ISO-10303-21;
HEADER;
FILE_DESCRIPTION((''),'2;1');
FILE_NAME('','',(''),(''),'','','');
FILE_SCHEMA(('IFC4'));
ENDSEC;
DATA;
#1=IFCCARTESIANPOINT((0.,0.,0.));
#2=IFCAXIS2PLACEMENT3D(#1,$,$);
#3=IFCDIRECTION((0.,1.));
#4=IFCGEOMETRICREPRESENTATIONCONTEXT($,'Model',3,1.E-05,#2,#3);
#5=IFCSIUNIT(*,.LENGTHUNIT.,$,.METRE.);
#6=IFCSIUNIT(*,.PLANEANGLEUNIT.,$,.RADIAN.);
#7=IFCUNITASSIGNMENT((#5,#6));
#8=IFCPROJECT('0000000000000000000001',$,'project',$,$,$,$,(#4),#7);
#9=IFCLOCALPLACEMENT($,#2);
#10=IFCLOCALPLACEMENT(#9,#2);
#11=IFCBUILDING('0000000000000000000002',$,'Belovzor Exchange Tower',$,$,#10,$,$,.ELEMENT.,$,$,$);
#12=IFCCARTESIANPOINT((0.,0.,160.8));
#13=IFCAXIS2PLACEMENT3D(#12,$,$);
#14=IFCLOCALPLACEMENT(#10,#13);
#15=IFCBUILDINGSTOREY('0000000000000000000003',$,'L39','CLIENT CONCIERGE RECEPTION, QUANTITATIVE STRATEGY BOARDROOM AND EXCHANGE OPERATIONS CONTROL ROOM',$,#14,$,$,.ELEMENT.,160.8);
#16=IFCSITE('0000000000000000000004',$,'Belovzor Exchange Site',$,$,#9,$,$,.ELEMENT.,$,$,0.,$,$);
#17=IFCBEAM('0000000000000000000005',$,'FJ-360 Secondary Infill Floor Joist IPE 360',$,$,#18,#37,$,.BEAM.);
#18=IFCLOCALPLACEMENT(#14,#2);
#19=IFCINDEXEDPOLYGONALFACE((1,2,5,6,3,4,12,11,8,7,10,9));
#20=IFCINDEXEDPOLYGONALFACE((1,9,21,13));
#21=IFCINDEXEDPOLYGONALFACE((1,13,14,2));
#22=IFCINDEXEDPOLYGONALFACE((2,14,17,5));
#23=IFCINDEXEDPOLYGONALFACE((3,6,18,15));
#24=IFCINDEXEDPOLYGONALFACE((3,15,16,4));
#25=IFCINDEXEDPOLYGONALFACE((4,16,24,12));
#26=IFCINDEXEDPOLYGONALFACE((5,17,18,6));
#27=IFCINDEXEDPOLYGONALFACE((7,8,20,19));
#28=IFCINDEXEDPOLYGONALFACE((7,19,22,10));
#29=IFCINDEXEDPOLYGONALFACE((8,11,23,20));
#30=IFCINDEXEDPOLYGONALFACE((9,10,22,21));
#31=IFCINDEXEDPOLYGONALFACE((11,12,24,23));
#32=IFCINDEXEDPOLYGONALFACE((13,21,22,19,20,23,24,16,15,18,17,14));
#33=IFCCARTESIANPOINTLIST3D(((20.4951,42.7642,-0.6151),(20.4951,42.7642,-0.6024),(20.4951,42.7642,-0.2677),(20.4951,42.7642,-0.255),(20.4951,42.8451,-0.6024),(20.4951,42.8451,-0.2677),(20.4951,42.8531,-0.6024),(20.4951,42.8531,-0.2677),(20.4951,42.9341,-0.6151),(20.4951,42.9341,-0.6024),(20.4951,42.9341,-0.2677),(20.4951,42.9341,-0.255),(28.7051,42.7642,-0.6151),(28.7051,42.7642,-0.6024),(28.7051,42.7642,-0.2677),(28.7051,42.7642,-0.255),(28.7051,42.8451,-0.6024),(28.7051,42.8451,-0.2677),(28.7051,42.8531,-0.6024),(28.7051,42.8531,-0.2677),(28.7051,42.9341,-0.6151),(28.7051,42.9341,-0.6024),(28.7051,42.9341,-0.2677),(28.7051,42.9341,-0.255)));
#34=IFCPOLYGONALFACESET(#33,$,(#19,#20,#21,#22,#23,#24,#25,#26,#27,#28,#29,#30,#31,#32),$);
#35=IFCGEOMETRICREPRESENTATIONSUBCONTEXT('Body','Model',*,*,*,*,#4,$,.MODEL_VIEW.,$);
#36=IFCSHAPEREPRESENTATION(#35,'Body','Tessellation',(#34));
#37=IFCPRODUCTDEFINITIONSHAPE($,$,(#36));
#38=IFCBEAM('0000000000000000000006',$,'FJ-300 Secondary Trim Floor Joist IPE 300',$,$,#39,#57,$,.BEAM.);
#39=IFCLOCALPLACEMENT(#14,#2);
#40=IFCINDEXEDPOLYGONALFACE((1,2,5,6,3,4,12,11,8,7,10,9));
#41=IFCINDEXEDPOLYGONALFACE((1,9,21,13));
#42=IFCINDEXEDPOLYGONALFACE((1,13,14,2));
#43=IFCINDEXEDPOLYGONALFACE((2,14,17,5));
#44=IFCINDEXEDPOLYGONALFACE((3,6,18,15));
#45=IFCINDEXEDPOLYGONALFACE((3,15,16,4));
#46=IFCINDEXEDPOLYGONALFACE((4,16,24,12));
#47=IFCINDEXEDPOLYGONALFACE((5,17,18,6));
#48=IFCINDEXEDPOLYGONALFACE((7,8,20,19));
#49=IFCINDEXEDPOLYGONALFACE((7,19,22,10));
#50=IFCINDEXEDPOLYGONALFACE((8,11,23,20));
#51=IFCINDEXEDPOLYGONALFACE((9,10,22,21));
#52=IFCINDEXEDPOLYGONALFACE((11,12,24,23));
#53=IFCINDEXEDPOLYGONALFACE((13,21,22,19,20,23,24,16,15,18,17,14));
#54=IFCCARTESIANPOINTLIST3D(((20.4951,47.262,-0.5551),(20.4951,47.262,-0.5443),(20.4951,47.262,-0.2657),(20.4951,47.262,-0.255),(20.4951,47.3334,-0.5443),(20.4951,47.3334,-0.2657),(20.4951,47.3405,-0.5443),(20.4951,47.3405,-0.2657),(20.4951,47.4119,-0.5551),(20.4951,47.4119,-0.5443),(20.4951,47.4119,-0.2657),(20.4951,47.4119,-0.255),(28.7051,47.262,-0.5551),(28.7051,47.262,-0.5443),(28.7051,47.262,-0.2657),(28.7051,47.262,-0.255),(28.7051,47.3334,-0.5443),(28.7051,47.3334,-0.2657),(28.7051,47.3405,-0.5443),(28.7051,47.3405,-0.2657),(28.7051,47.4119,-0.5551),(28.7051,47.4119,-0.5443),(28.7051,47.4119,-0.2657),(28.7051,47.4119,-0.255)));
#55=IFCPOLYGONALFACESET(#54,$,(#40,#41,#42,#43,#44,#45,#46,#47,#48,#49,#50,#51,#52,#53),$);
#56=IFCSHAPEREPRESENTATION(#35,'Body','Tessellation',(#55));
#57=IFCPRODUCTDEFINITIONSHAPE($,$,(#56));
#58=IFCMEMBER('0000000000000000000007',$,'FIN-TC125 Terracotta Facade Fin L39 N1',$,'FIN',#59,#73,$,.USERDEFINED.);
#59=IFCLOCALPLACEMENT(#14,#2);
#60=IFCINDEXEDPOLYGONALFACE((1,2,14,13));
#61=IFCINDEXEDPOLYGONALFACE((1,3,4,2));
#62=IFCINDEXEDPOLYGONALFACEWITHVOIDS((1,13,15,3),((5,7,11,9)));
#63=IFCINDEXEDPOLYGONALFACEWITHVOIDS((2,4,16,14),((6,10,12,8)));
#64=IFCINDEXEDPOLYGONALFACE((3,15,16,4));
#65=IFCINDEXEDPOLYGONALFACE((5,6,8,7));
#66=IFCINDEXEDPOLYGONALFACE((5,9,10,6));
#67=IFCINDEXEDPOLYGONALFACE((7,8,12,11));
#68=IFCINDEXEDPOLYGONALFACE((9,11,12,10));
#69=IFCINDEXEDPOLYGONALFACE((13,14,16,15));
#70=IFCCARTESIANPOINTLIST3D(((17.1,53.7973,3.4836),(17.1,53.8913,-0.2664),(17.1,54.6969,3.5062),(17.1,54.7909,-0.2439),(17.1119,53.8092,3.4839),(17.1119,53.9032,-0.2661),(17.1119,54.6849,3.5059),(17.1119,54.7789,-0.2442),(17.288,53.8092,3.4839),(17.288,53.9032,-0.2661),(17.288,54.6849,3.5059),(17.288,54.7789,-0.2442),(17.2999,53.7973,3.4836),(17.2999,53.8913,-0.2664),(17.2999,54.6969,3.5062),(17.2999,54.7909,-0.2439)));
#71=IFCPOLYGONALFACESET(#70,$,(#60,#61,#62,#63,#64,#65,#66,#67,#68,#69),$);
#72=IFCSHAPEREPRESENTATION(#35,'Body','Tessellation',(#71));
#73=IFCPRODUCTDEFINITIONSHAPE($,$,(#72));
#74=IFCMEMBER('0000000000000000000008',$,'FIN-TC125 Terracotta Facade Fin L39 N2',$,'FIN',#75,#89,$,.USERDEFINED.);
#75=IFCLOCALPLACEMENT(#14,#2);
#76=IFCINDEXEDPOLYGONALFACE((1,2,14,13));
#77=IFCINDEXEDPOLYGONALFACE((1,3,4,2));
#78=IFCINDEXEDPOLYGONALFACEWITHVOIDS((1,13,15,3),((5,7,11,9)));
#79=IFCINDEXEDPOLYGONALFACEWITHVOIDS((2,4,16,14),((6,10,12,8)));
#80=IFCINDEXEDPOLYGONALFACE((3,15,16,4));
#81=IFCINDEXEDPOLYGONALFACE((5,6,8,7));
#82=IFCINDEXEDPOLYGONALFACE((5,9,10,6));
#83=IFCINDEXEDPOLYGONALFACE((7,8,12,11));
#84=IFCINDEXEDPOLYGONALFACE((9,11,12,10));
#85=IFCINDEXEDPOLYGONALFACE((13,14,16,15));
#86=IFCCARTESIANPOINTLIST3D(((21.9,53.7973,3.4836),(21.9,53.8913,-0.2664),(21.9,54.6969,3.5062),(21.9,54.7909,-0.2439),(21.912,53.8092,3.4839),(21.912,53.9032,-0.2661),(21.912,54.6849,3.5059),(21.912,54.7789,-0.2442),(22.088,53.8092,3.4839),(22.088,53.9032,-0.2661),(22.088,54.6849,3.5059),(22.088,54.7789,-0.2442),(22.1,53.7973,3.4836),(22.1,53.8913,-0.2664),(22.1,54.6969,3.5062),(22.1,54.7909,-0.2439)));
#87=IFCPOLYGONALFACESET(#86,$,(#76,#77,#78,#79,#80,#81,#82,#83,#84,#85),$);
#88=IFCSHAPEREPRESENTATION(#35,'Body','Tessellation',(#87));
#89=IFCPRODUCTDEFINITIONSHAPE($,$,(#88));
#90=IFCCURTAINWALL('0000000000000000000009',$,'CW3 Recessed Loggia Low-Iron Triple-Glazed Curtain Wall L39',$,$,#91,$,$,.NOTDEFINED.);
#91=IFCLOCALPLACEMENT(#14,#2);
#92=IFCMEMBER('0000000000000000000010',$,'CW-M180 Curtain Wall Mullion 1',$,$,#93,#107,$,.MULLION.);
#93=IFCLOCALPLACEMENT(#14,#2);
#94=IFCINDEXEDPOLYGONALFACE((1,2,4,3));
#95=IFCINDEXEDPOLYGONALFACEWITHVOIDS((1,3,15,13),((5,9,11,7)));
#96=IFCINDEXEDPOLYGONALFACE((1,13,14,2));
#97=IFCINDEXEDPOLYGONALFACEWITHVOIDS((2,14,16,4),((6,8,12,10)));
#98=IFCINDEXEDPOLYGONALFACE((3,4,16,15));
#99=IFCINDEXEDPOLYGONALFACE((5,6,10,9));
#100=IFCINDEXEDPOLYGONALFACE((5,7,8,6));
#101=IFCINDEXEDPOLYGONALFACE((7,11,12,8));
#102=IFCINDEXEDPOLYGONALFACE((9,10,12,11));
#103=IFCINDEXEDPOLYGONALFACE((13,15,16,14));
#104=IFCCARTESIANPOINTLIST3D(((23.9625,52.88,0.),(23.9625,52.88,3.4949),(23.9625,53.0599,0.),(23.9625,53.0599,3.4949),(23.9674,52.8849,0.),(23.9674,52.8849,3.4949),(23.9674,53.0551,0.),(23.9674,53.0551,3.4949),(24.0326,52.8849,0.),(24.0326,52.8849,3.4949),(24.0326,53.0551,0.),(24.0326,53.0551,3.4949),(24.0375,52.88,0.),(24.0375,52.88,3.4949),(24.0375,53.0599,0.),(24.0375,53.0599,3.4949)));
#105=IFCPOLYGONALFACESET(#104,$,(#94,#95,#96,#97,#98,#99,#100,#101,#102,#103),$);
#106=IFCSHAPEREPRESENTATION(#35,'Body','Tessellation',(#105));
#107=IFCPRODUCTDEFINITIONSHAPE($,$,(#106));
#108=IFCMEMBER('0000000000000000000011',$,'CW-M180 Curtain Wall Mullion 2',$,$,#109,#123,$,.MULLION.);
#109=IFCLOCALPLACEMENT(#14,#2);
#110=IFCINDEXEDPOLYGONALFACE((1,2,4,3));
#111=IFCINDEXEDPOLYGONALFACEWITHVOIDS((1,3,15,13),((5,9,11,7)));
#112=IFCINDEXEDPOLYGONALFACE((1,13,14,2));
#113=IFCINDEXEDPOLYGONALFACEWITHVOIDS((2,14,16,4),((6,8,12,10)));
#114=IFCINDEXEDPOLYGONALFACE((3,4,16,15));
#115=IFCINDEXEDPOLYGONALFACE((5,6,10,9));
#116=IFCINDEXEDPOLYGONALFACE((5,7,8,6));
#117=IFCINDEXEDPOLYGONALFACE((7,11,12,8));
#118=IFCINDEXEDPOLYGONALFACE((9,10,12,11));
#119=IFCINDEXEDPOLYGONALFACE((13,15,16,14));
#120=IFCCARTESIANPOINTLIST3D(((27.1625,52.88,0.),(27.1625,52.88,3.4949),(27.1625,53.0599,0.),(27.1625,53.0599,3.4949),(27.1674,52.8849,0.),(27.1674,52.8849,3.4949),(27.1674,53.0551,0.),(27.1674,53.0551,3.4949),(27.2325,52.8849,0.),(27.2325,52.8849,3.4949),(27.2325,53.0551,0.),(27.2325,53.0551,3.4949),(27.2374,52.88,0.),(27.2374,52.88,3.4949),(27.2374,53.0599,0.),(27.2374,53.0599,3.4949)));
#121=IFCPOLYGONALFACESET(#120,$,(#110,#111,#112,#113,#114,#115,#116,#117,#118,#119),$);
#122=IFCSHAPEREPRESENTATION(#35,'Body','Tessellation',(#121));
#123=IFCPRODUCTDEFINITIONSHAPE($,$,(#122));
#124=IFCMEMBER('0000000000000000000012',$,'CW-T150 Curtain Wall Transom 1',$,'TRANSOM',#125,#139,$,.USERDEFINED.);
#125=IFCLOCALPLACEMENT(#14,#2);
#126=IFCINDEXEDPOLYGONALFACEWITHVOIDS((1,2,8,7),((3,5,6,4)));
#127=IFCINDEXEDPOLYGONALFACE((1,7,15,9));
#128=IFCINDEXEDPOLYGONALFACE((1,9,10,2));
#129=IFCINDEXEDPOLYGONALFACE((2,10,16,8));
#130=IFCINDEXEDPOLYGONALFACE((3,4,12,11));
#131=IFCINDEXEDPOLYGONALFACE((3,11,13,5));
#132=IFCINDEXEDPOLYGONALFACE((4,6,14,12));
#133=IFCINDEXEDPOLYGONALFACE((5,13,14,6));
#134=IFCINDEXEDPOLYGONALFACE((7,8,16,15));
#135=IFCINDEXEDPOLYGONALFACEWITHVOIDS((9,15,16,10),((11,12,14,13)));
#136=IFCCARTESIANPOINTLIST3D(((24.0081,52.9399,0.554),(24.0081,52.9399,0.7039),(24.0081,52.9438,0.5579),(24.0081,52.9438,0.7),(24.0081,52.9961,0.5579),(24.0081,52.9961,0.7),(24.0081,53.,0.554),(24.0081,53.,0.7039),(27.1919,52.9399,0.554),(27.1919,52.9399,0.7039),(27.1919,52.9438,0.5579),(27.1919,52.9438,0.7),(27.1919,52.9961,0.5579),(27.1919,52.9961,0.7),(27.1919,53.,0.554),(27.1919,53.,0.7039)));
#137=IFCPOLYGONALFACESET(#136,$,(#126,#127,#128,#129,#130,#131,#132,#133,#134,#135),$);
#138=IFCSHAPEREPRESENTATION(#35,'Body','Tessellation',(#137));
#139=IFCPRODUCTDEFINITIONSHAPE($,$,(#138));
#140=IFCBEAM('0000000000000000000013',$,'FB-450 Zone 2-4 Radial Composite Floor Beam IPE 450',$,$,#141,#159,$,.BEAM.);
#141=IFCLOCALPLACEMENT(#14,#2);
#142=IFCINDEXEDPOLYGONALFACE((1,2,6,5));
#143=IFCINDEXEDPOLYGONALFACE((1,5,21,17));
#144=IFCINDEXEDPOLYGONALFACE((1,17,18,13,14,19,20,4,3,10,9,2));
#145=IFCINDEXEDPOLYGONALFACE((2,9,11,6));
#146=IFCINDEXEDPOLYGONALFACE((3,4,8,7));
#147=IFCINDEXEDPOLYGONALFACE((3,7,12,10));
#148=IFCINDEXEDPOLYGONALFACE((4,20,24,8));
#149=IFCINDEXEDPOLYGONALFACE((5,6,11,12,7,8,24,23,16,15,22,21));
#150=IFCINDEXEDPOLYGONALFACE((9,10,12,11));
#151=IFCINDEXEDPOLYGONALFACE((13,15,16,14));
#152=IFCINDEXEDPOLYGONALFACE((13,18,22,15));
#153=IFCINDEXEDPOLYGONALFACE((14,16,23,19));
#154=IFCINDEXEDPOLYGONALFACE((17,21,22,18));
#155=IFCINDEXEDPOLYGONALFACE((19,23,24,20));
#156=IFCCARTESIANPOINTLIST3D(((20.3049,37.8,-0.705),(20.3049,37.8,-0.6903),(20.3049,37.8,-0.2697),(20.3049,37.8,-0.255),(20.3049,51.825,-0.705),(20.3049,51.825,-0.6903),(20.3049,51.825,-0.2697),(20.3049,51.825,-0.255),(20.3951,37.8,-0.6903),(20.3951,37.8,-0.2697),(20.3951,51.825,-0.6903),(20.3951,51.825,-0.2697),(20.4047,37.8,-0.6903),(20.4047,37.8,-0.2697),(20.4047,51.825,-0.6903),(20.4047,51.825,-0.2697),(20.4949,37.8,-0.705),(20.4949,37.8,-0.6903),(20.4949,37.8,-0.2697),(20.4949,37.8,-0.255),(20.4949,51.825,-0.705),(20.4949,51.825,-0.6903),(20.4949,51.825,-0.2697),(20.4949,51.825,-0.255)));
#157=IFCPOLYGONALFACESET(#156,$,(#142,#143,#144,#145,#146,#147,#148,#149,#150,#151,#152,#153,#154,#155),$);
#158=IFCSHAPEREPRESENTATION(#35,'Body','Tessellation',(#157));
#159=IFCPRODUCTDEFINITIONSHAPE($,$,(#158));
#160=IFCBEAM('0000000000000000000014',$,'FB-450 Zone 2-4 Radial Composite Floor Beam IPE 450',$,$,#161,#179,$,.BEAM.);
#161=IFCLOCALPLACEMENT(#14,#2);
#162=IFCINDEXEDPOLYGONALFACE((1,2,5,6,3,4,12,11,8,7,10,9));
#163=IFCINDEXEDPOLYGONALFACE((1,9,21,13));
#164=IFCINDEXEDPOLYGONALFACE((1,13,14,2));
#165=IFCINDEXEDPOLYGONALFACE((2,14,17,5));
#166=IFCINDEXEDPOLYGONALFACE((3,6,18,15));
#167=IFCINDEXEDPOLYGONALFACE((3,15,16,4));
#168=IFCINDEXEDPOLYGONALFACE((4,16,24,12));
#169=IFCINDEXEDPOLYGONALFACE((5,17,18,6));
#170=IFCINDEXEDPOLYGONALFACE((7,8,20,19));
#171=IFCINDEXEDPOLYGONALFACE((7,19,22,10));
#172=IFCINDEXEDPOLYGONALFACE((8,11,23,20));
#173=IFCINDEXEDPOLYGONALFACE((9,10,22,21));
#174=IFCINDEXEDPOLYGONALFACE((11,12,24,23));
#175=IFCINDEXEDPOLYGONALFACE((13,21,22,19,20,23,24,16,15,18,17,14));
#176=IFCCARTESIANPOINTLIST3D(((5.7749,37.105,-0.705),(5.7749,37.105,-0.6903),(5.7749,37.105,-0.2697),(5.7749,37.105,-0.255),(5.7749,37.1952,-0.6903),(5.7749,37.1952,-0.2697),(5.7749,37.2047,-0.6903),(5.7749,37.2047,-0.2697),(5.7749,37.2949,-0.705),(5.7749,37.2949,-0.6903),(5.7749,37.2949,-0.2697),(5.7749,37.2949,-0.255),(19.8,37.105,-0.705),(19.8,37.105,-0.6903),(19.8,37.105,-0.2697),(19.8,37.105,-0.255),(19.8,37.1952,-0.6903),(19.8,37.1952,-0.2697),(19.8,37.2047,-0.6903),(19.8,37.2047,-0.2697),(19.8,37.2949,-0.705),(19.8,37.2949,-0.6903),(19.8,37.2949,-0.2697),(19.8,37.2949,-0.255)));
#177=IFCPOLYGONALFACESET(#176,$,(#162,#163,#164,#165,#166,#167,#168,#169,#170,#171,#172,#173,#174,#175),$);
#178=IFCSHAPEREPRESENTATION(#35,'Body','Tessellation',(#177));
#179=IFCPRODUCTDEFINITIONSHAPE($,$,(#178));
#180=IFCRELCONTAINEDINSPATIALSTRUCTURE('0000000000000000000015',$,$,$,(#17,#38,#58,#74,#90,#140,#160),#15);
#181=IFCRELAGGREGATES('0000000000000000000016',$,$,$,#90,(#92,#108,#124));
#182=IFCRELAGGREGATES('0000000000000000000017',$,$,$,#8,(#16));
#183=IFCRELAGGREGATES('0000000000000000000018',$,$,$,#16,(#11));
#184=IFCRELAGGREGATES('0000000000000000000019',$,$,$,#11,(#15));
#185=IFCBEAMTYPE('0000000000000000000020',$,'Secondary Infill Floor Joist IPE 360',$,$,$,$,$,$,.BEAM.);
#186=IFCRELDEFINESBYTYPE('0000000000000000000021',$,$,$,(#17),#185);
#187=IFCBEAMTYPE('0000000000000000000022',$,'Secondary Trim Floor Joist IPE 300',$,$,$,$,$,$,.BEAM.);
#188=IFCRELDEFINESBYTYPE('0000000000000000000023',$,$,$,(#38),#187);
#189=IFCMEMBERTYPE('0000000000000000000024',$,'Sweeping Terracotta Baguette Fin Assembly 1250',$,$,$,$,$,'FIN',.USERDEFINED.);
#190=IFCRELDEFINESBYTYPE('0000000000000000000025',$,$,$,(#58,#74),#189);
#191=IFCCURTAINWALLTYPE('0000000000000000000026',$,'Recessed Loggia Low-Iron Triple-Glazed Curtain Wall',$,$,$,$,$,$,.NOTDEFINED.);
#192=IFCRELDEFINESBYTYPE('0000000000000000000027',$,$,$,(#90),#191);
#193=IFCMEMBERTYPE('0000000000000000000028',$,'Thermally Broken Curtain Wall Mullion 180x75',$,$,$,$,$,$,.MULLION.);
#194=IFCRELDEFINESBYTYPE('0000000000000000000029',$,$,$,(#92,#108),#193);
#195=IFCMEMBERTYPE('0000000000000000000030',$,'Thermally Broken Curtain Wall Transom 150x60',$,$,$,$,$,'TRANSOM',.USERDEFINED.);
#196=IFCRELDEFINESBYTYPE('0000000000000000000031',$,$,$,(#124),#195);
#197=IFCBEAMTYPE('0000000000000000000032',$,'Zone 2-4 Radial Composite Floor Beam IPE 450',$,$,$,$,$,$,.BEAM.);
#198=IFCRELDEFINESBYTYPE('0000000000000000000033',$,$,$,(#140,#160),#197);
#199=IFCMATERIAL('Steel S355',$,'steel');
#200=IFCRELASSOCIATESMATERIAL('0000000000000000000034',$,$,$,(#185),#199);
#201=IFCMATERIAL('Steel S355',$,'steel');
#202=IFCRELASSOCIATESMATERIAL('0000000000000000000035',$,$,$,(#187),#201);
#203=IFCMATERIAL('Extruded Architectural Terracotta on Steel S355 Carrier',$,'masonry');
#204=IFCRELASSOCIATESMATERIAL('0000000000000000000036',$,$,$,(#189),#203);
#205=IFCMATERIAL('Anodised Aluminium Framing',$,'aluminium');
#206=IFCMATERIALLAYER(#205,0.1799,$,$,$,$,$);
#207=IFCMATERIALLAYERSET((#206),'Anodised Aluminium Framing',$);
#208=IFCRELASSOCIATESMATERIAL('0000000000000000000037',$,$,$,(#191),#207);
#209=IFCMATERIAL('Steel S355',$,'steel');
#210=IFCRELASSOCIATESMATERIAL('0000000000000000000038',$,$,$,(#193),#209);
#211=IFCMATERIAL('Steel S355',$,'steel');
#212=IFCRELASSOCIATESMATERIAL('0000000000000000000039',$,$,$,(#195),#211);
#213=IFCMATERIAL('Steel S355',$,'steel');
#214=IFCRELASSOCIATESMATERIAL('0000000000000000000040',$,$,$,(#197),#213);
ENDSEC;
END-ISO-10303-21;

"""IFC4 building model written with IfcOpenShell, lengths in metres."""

from ifc_helpers import new_model, si_unit, direction, frame, origin, origin_2d, place, context, subcontext, project, spatial, hollow_rectangle, i_section, extrude, material, layer, layer_set, material_profile, profile_set, type_object, element, aggregate, save


model = new_model("IFC4")

# Units and contexts
model_context = context("Model", 3, precision=1e-05, world=origin(), true_north=direction((0.0, 1.0)))
body_context = subcontext(model_context, "Body", "Model", "MODEL_VIEW")
ifc_project = project(units=[si_unit("LENGTHUNIT", "METRE"), si_unit("PLANEANGLEUNIT", "RADIAN")], contexts=[model_context])

# Site, building, storey
site_placement = place(None, origin())
site = spatial("IfcSite", under=ifc_project, at=site_placement, Name="Belovzor Exchange Site", CompositionType="ELEMENT", RefElevation=0.0)
building_placement = place(site_placement, origin())
building = spatial("IfcBuilding", under=site, at=building_placement, Name="Belovzor Exchange Tower", CompositionType="ELEMENT")
storey_placement = place(building_placement, frame((0.0, 0.0, 160.8)))
storey = spatial("IfcBuildingStorey", under=building, at=storey_placement, Name="L39", Description="CLIENT CONCIERGE RECEPTION, QUANTITATIVE STRATEGY BOARDROOM AND EXCHANGE OPERATIONS CONTROL ROOM", CompositionType="ELEMENT", Elevation=160.8)

# Beams
ifc_material_1 = material(Name="Steel S355", Category="steel")
ifc_material_profile_1 = material_profile(ifc_material_1, i_section(OverallWidth=0.1699, OverallDepth=0.3601, WebThickness=0.0081, FlangeThickness=0.0127, at=origin_2d()))
ifc_profile_set_1 = profile_set([ifc_material_profile_1], Name="Steel S355")
beam_type_1 = type_object("IfcBeamType", Name="Secondary Infill Floor Joist IPE 360", PredefinedType="BEAM", material=ifc_profile_set_1)
beam_1_placement = place(storey_placement, frame((20.4951, 42.8491, -0.4351), z_axis=(1.0, 0.0, 0.0), x_axis=(0.0, 1.0, 0.0)))
element("IfcBeam", 1, at=beam_1_placement, inside=storey, type_object=beam_type_1, Name="FJ-360 Secondary Infill Floor Joist IPE 360", PredefinedType="BEAM", context=body_context, shape_type="SweptSolid", body=[
    extrude(i_section(OverallWidth=0.1699, OverallDepth=0.3601, WebThickness=0.0081, FlangeThickness=0.0127, at=origin_2d()), origin(), (0.0, 0.0, 1.0), 8.21),
])
ifc_material_2 = material(Name="Steel S355", Category="steel")
ifc_material_profile_2 = material_profile(ifc_material_2, i_section(OverallWidth=0.1499, OverallDepth=0.3, WebThickness=0.0071, FlangeThickness=0.0107, at=origin_2d()))
ifc_profile_set_2 = profile_set([ifc_material_profile_2], Name="Steel S355")
beam_type_2 = type_object("IfcBeamType", Name="Secondary Trim Floor Joist IPE 300", PredefinedType="BEAM", material=ifc_profile_set_2)
beam_2_placement = place(storey_placement, frame((20.4951, 47.3369, -0.405), z_axis=(1.0, 0.0, 0.0), x_axis=(0.0, 1.0, 0.0)))
element("IfcBeam", 2, at=beam_2_placement, inside=storey, type_object=beam_type_2, Name="FJ-300 Secondary Trim Floor Joist IPE 300", PredefinedType="BEAM", context=body_context, shape_type="SweptSolid", body=[
    extrude(i_section(OverallWidth=0.1499, OverallDepth=0.3, WebThickness=0.0071, FlangeThickness=0.0107, at=origin_2d()), origin(), (0.0, 0.0, 1.0), 8.21),
])

# Members
ifc_material_3 = material(Name="Extruded Architectural Terracotta on Steel S355 Carrier", Category="masonry")
ifc_material_profile_3 = material_profile(ifc_material_3, hollow_rectangle(XDim=0.2, YDim=0.8999, WallThickness=0.012, at=origin_2d()))
ifc_profile_set_3 = profile_set([ifc_material_profile_3], Name="Extruded Architectural Terracotta on Steel S355 Carrier")
member_type_1 = type_object("IfcMemberType", Name="Sweeping Terracotta Baguette Fin Assembly 1250", ElementType="FIN", PredefinedType="USERDEFINED", material=ifc_profile_set_3)
for number, where, z_axis, x_axis, name in (
    (3, (17.2, 54.3411, -0.2551), (0.0, -0.025057, 0.999686), (1.0, 0.0, 0.0), "FIN-TC125 Terracotta Facade Fin L39 N1"),
    (4, (22.0, 54.3411, -0.2551), (0.0, -0.025057, 0.999686), (1.0, 0.0, 0.0), "FIN-TC125 Terracotta Facade Fin L39 N2"),
):
    element("IfcMember", number, at=place(storey_placement, frame(where, z_axis=z_axis, x_axis=x_axis)), inside=storey, type_object=member_type_1, Name=name, ObjectType="FIN", PredefinedType="USERDEFINED", context=body_context, shape_type="SweptSolid", body=[
        extrude(hollow_rectangle(XDim=0.2, YDim=0.8999, WallThickness=0.012, at=origin_2d()), origin(), (0.0, 0.0, 1.0), 3.7512),
    ])

# Curtain wall, members
ifc_material_4 = material(Name="Anodised Aluminium Framing", Category="aluminium")
ifc_layer_1 = layer(ifc_material_4, 0.1799)
ifc_layer_set_1 = layer_set([ifc_layer_1], Name="Anodised Aluminium Framing")
curtain_wall_type = type_object("IfcCurtainWallType", Name="Recessed Loggia Low-Iron Triple-Glazed Curtain Wall", PredefinedType="NOTDEFINED", material=ifc_layer_set_1)
curtain_wall_placement = place(storey_placement, origin())
curtain_wall = element("IfcCurtainWall", 5, at=curtain_wall_placement, inside=storey, type_object=curtain_wall_type, Name="CW3 Recessed Loggia Low-Iron Triple-Glazed Curtain Wall L39", PredefinedType="NOTDEFINED")
ifc_material_5 = material(Name="Steel S355", Category="steel")
ifc_material_profile_4 = material_profile(ifc_material_5, hollow_rectangle(XDim=0.075, YDim=0.1799, WallThickness=0.0049, at=origin_2d()))
ifc_profile_set_4 = profile_set([ifc_material_profile_4], Name="Steel S355")
member_type_2 = type_object("IfcMemberType", Name="Thermally Broken Curtain Wall Mullion 180x75", PredefinedType="MULLION", material=ifc_profile_set_4)
member_1_placement = place(storey_placement, frame((24.0, 52.97, 0.0), z_axis=(0.0, 0.0, 1.0), x_axis=(1.0, 0.0, 0.0)))
member_1 = element("IfcMember", 6, at=member_1_placement, type_object=member_type_2, Name="CW-M180 Curtain Wall Mullion 1", PredefinedType="MULLION", context=body_context, shape_type="SweptSolid", body=[
    extrude(hollow_rectangle(XDim=0.075, YDim=0.1799, WallThickness=0.0049, at=origin_2d()), origin(), (0.0, 0.0, 1.0), 3.4949),
])
member_2_placement = place(storey_placement, frame((27.2, 52.97, 0.0), z_axis=(0.0, 0.0, 1.0), x_axis=(1.0, 0.0, 0.0)))
member_2 = element("IfcMember", 7, at=member_2_placement, type_object=member_type_2, Name="CW-M180 Curtain Wall Mullion 2", PredefinedType="MULLION", context=body_context, shape_type="SweptSolid", body=[
    extrude(hollow_rectangle(XDim=0.075, YDim=0.1799, WallThickness=0.0049, at=origin_2d()), origin(), (0.0, 0.0, 1.0), 3.4949),
])
ifc_material_6 = material(Name="Steel S355", Category="steel")
ifc_material_profile_5 = material_profile(ifc_material_6, hollow_rectangle(XDim=0.0601, YDim=0.1499, WallThickness=0.0039, at=origin_2d()))
ifc_profile_set_5 = profile_set([ifc_material_profile_5], Name="Steel S355")
member_type_3 = type_object("IfcMemberType", Name="Thermally Broken Curtain Wall Transom 150x60", ElementType="TRANSOM", PredefinedType="USERDEFINED", material=ifc_profile_set_5)
member_3_placement = place(storey_placement, frame((24.0081, 52.97, 0.6289), z_axis=(1.0, 0.0, 0.0), x_axis=(0.0, 1.0, 0.0)))
member_3 = element("IfcMember", 8, at=member_3_placement, type_object=member_type_3, Name="CW-T150 Curtain Wall Transom 1", ObjectType="TRANSOM", PredefinedType="USERDEFINED", context=body_context, shape_type="SweptSolid", body=[
    extrude(hollow_rectangle(XDim=0.0601, YDim=0.1499, WallThickness=0.0039, at=origin_2d()), origin(), (0.0, 0.0, 1.0), 3.1838),
])

# Beams
ifc_material_7 = material(Name="Steel S355", Category="steel")
ifc_material_profile_6 = material_profile(ifc_material_7, i_section(OverallWidth=0.1899, OverallDepth=0.45, WebThickness=0.0095, FlangeThickness=0.0146, at=origin_2d()))
ifc_profile_set_6 = profile_set([ifc_material_profile_6], Name="Steel S355")
beam_type_3 = type_object("IfcBeamType", Name="Zone 2-4 Radial Composite Floor Beam IPE 450", PredefinedType="BEAM", material=ifc_profile_set_6)
beam_3_placement = place(storey_placement, frame((20.3999, 37.8, -0.48), z_axis=(0.0, 1.0, 0.0), x_axis=(-1.0, 0.0, 0.0)))
element("IfcBeam", 9, at=beam_3_placement, inside=storey, type_object=beam_type_3, Name="FB-450 Zone 2-4 Radial Composite Floor Beam IPE 450", PredefinedType="BEAM", context=body_context, shape_type="SweptSolid", body=[
    extrude(i_section(OverallWidth=0.1899, OverallDepth=0.45, WebThickness=0.0095, FlangeThickness=0.0146, at=origin_2d()), origin(), (0.0, 0.0, 1.0), 14.0249),
])
beam_4_placement = place(storey_placement, frame((19.8, 37.2, -0.48), z_axis=(-1.0, 0.0, 0.0), x_axis=(0.0, -1.0, 0.0)))
element("IfcBeam", 10, at=beam_4_placement, inside=storey, type_object=beam_type_3, Name="FB-450 Zone 2-4 Radial Composite Floor Beam IPE 450", PredefinedType="BEAM", context=body_context, shape_type="SweptSolid", body=[
    extrude(i_section(OverallWidth=0.1899, OverallDepth=0.45, WebThickness=0.0095, FlangeThickness=0.0146, at=origin_2d()), origin(), (0.0, 0.0, 1.0), 14.0251),
])

aggregate(curtain_wall, [member_1, member_2, member_3])

save(model, "model.ifc")
